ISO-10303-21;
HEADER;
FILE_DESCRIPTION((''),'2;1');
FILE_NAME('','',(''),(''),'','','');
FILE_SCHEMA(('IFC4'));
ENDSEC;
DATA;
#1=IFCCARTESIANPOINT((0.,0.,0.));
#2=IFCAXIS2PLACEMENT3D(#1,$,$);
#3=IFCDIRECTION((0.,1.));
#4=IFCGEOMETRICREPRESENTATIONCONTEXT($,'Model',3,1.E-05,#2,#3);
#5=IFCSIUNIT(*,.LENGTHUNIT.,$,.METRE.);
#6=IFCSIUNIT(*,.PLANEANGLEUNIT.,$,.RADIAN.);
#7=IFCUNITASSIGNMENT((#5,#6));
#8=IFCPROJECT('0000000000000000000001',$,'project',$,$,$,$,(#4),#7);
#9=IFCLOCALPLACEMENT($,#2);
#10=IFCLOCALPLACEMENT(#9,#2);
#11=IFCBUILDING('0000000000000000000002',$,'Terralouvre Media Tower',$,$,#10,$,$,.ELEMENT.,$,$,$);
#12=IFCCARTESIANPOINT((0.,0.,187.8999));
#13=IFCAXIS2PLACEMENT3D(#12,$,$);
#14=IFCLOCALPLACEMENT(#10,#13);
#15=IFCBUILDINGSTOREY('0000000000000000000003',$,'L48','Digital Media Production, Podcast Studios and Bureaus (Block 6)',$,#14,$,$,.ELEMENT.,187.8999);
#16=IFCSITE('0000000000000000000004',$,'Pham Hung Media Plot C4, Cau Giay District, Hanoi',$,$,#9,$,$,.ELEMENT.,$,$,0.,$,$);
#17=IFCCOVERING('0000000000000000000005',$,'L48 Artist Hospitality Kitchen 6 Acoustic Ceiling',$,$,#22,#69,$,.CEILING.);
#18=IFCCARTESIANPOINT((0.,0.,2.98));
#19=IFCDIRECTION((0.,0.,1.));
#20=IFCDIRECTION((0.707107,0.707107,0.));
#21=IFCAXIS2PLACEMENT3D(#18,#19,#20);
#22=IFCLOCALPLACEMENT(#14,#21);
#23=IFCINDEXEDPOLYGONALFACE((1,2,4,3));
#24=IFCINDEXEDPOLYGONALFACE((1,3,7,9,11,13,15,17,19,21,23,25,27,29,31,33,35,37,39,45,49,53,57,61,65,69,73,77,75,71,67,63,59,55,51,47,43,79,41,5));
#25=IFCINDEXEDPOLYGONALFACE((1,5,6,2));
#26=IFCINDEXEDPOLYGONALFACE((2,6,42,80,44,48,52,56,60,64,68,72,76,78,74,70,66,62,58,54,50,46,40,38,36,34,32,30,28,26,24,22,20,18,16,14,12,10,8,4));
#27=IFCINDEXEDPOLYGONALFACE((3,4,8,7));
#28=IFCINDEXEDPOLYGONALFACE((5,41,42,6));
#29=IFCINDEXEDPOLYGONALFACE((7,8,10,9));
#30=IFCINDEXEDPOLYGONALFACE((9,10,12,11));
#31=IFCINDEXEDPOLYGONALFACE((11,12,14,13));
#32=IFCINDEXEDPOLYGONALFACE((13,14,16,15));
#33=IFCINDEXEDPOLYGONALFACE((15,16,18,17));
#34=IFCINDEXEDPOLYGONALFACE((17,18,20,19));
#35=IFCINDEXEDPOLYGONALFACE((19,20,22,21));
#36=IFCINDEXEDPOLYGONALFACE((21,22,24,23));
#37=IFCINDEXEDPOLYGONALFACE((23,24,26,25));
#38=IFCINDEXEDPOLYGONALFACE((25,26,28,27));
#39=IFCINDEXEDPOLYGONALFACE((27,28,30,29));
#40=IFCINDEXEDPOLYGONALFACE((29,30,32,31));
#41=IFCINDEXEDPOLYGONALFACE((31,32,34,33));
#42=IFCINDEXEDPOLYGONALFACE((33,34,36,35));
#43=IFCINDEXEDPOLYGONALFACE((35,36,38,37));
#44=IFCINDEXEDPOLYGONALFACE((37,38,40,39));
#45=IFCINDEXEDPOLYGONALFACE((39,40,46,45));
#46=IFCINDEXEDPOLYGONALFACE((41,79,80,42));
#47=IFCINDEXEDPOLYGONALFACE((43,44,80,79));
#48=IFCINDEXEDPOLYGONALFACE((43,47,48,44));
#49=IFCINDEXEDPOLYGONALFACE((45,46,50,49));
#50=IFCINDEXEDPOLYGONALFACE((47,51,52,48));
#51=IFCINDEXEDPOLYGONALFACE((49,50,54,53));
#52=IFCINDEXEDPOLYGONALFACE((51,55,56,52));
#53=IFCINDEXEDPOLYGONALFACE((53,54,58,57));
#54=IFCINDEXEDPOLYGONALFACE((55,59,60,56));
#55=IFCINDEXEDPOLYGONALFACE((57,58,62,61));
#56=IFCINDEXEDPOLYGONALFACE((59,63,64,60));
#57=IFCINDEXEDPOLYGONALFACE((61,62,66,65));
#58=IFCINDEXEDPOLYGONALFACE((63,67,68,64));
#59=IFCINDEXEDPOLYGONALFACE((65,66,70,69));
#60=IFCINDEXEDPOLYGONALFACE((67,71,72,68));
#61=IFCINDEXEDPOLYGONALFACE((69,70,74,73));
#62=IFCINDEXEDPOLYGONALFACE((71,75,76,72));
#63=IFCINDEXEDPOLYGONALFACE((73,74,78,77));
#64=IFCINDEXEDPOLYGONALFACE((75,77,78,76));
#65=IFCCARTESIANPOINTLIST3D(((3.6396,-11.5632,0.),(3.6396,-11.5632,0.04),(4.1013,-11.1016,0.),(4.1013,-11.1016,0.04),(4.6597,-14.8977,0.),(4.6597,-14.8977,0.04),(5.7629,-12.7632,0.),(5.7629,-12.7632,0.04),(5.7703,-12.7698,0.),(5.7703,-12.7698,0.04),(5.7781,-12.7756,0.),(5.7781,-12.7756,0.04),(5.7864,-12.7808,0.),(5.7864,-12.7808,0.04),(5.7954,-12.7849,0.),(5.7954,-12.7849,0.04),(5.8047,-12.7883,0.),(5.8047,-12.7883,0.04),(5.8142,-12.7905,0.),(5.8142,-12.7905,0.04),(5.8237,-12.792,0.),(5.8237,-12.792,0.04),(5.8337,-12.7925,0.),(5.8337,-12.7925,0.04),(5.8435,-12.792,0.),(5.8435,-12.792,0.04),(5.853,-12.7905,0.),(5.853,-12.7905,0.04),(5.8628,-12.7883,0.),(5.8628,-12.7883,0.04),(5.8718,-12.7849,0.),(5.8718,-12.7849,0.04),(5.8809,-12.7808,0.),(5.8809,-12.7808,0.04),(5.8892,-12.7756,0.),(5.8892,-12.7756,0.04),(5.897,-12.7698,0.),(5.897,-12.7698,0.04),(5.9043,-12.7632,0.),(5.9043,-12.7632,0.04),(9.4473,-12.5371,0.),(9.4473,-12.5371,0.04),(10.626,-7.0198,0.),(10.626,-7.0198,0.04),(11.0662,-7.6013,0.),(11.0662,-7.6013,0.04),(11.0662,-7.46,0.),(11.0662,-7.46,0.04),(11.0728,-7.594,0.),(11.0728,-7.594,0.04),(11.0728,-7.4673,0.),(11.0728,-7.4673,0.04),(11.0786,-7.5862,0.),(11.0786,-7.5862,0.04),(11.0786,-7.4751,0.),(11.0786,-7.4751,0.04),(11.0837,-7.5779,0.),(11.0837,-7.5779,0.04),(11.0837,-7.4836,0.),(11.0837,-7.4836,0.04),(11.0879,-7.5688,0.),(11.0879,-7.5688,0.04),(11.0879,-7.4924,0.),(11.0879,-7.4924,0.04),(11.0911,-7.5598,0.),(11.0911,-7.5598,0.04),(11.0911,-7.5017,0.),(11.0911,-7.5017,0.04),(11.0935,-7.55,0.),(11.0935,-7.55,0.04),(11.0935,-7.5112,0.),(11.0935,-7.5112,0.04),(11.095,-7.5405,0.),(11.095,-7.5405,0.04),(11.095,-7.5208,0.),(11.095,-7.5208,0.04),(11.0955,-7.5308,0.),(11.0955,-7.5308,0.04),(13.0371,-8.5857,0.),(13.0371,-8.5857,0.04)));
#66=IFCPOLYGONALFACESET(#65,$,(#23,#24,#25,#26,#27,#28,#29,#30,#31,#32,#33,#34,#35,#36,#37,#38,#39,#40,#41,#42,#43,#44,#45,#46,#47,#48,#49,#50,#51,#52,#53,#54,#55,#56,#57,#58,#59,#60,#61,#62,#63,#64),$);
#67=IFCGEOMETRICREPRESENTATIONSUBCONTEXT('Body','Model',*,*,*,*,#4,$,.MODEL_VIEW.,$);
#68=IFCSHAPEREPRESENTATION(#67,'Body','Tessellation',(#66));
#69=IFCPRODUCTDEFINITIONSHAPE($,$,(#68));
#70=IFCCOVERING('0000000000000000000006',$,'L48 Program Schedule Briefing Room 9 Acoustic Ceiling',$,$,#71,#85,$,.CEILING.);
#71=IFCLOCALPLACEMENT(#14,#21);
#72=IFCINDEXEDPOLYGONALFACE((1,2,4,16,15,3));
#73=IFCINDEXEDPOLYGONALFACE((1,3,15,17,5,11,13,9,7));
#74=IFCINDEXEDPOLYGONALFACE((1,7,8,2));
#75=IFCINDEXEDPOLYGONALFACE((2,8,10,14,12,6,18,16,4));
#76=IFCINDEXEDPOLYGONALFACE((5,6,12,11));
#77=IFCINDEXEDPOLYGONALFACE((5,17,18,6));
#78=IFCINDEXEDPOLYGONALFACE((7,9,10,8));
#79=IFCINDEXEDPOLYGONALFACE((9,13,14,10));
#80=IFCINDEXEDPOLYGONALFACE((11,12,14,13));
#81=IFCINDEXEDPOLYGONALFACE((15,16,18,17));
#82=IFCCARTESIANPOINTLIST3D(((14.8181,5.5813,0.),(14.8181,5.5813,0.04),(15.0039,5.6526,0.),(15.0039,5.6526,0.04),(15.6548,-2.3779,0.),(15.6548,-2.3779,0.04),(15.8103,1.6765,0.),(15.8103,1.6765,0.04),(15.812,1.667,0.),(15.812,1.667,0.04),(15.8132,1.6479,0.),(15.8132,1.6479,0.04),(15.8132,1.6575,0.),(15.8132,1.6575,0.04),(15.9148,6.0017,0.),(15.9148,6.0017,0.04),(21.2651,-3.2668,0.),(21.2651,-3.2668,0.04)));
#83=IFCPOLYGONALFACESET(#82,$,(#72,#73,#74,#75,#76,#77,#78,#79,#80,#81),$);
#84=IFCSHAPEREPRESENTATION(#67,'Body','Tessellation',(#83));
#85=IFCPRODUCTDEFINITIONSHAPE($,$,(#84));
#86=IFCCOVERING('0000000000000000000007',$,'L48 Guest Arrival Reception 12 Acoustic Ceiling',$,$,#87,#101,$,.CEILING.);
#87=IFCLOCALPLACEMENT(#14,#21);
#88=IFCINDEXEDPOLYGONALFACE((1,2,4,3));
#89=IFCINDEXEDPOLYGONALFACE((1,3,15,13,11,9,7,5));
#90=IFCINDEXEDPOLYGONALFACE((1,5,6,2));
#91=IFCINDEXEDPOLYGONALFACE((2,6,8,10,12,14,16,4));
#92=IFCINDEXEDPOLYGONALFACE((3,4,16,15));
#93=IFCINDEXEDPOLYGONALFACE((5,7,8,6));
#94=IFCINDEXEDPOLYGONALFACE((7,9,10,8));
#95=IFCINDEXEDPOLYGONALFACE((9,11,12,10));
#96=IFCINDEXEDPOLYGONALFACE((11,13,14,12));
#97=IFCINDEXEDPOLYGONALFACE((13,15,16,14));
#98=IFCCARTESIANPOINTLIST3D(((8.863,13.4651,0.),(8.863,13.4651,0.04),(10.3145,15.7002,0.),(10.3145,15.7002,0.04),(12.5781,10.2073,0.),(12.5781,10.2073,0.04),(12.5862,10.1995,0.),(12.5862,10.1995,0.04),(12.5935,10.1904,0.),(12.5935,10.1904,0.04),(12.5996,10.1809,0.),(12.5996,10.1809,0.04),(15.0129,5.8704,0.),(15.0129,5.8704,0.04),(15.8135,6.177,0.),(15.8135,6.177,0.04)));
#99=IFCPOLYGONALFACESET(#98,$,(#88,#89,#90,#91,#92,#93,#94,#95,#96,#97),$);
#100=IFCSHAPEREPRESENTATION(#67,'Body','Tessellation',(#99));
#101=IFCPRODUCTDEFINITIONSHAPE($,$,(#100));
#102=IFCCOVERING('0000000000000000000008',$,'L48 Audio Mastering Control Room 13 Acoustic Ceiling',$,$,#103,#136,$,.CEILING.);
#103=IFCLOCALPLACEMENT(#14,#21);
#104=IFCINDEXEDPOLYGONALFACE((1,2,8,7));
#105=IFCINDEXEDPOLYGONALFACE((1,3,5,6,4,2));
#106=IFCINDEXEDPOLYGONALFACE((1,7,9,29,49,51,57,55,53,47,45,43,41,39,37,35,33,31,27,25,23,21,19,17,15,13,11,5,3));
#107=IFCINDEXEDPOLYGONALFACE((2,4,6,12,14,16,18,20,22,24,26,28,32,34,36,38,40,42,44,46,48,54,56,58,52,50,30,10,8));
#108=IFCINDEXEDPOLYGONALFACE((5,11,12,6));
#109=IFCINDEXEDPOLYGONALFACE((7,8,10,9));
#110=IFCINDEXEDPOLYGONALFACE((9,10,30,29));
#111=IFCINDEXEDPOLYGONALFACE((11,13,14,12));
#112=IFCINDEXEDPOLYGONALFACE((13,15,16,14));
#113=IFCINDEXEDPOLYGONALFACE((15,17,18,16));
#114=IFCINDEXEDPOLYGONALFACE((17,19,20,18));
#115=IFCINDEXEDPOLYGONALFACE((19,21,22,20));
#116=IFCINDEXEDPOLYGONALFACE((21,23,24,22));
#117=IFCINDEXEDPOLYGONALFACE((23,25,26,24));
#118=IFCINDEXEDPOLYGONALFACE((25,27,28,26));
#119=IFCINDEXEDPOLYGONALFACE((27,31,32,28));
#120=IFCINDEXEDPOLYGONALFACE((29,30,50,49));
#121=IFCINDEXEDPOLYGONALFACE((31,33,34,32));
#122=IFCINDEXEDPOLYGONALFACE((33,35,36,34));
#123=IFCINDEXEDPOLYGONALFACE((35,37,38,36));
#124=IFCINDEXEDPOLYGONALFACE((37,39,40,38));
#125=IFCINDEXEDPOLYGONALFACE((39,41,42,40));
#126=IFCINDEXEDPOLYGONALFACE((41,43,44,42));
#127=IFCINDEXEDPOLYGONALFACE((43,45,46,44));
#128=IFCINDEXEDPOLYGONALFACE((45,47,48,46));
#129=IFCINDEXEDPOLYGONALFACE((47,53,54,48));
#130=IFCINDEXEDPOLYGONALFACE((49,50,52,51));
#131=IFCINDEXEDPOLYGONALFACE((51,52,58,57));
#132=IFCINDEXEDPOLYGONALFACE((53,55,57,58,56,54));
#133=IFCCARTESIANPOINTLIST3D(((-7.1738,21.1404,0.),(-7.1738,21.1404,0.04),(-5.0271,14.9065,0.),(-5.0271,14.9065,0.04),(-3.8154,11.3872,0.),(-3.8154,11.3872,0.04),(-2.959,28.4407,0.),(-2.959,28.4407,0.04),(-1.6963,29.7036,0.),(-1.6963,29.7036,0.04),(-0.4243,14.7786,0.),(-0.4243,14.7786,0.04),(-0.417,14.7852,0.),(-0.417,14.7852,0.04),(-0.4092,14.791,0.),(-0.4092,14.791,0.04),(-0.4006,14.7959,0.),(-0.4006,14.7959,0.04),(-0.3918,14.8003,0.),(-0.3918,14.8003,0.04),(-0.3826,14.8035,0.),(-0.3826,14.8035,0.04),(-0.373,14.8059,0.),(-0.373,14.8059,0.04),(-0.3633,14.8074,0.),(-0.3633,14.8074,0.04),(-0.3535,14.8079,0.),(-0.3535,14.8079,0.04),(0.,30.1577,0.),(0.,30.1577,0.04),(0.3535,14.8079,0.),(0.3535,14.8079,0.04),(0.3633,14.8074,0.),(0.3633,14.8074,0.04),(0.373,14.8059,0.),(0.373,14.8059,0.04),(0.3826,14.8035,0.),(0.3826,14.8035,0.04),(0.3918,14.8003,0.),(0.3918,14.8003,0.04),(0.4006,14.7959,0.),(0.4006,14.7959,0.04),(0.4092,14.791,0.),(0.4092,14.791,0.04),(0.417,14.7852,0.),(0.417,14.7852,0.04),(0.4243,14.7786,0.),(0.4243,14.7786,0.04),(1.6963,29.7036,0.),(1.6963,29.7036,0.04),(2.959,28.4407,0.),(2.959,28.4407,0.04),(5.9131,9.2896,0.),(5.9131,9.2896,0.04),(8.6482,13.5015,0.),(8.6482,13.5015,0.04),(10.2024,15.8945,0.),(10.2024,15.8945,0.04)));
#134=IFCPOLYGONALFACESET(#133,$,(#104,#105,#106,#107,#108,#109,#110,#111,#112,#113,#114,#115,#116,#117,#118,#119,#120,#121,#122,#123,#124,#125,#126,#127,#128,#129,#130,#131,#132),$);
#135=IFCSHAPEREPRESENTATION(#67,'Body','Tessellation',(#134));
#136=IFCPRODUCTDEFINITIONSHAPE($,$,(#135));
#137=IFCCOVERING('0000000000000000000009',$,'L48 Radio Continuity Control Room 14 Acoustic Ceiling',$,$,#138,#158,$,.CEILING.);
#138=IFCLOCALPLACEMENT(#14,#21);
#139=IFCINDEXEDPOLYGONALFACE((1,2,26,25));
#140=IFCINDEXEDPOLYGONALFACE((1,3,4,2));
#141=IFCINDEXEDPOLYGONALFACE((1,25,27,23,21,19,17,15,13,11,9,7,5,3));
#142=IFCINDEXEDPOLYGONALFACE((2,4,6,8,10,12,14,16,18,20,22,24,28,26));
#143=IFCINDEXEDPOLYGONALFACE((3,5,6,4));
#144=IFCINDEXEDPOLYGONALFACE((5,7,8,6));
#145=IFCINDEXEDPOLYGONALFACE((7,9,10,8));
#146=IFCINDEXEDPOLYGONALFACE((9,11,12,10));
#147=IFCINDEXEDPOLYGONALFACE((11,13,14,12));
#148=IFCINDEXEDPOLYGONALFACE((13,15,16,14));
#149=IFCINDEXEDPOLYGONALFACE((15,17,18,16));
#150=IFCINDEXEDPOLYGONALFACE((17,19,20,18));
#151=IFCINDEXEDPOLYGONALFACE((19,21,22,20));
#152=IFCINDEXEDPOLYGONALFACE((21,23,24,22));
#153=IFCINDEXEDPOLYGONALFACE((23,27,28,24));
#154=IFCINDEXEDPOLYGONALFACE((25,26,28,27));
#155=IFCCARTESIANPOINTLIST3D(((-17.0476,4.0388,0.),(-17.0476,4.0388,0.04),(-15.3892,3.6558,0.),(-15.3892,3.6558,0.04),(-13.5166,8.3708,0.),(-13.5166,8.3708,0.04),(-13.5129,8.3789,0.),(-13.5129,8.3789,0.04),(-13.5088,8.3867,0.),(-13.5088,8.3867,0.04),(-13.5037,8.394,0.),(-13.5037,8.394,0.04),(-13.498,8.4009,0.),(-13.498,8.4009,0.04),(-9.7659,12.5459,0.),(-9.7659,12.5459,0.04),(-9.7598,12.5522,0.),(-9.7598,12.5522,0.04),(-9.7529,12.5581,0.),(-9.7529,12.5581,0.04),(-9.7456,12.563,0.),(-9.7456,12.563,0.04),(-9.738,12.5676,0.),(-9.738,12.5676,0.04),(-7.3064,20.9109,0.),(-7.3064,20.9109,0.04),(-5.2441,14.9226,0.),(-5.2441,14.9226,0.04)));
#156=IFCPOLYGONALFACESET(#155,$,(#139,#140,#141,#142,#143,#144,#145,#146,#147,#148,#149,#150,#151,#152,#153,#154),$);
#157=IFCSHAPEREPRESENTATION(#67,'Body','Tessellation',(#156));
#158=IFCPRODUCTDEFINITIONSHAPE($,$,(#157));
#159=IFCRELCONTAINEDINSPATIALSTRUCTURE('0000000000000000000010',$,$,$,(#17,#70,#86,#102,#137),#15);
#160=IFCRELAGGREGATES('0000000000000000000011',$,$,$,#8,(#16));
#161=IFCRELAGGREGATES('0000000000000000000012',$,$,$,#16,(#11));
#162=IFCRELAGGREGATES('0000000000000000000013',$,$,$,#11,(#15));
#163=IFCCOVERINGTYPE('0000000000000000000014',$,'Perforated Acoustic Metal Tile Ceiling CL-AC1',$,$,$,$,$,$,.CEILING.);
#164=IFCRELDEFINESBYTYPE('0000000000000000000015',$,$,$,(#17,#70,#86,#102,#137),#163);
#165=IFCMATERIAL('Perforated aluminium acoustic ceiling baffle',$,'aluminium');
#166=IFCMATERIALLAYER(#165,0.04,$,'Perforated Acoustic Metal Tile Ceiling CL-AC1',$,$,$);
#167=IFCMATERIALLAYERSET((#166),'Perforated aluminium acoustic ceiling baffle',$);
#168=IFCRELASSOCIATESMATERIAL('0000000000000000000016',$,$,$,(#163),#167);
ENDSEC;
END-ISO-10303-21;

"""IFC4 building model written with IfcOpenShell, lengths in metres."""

from ifc_helpers import new_model, si_unit, direction, frame, origin, place, context, subcontext, project, spatial, polyline, outline, extrude, material, layer, layer_set, type_object, element, save


model = new_model("IFC4")

# Units and contexts
model_context = context("Model", 3, precision=1e-05, world=origin(), true_north=direction((0.0, 1.0)))
body_context = subcontext(model_context, "Body", "Model", "MODEL_VIEW")
ifc_project = project(units=[si_unit("LENGTHUNIT", "METRE"), si_unit("PLANEANGLEUNIT", "RADIAN")], contexts=[model_context])

# Site, building, storey
site_placement = place(None, origin())
site = spatial("IfcSite", under=ifc_project, at=site_placement, Name="Pham Hung Media Plot C4, Cau Giay District, Hanoi", CompositionType="ELEMENT", RefElevation=0.0)
building_placement = place(site_placement, origin())
building = spatial("IfcBuilding", under=site, at=building_placement, Name="Terralouvre Media Tower", CompositionType="ELEMENT")
storey_placement = place(building_placement, frame((0.0, 0.0, 187.8999)))
storey = spatial("IfcBuildingStorey", under=building, at=storey_placement, Name="L48", Description="Digital Media Production, Podcast Studios and Bureaus (Block 6)", CompositionType="ELEMENT", Elevation=187.8999)

# Coverings
ifc_material_1 = material(Name="Perforated aluminium acoustic ceiling baffle", Category="aluminium")
ifc_layer_1 = layer(ifc_material_1, 0.04, Name="Perforated Acoustic Metal Tile Ceiling CL-AC1")
ifc_layer_set_1 = layer_set([ifc_layer_1], Name="Perforated aluminium acoustic ceiling baffle")
covering_type_1 = type_object("IfcCoveringType", Name="Perforated Acoustic Metal Tile Ceiling CL-AC1", PredefinedType="CEILING", material=ifc_layer_set_1)
covering_1_placement = place(storey_placement, frame((0.0, 0.0, 2.98), z_axis=(0.0, 0.0, 1.0), x_axis=(0.707107, 0.707107, 0.0)))
element("IfcCovering", 1, at=covering_1_placement, inside=storey, type_object=covering_type_1, Name="L48 Artist Hospitality Kitchen 6 Acoustic Ceiling", PredefinedType="CEILING", context=body_context, shape_type="SweptSolid", body=[
    extrude(outline(polyline([(9.4473, -12.5371), (13.0371, -8.5857), (10.626, -7.0198), (11.0662, -7.46), (11.0728, -7.4673), (11.0786, -7.4751), (11.0837, -7.4836), (11.0879, -7.4924), (11.0911, -7.5017), (11.0935, -7.5112), (11.095, -7.5208), (11.0955, -7.5308), (11.095, -7.5405), (11.0935, -7.55), (11.0911, -7.5598), (11.0879, -7.5688), (11.0837, -7.5779), (11.0786, -7.5862), (11.0728, -7.594), (11.0662, -7.6013), (5.9043, -12.7632), (5.897, -12.7698), (5.8892, -12.7756), (5.8809, -12.7808), (5.8718, -12.7849), (5.8628, -12.7883), (5.853, -12.7905), (5.8435, -12.792), (5.8337, -12.7925), (5.8237, -12.792), (5.8142, -12.7905), (5.8047, -12.7883), (5.7954, -12.7849), (5.7864, -12.7808), (5.7781, -12.7756), (5.7703, -12.7698), (5.7629, -12.7632), (4.1013, -11.1016), (3.6396, -11.5632), (4.6597, -14.8977), (9.4473, -12.5371)])), origin(), (0.0, 0.0, 1.0), 0.04),
])
covering_2_placement = place(storey_placement, frame((0.0, 0.0, 2.98), z_axis=(0.0, 0.0, 1.0), x_axis=(0.707107, 0.707107, 0.0)))
element("IfcCovering", 2, at=covering_2_placement, inside=storey, type_object=covering_type_1, Name="L48 Program Schedule Briefing Room 9 Acoustic Ceiling", PredefinedType="CEILING", context=body_context, shape_type="SweptSolid", body=[
    extrude(outline(polyline([(14.8181, 5.5813), (15.8103, 1.6765), (15.812, 1.667), (15.8132, 1.6575), (15.8132, 1.6479), (15.6548, -2.3779), (21.2651, -3.2668), (15.9148, 6.0017), (15.0039, 5.6526), (14.8181, 5.5813)])), origin(), (0.0, 0.0, 1.0), 0.04),
])
covering_3_placement = place(storey_placement, frame((0.0, 0.0, 2.98), z_axis=(0.0, 0.0, 1.0), x_axis=(0.707107, 0.707107, 0.0)))
element("IfcCovering", 3, at=covering_3_placement, inside=storey, type_object=covering_type_1, Name="L48 Guest Arrival Reception 12 Acoustic Ceiling", PredefinedType="CEILING", context=body_context, shape_type="SweptSolid", body=[
    extrude(outline(polyline([(12.5781, 10.2073), (12.5862, 10.1995), (12.5935, 10.1904), (12.5996, 10.1809), (15.0129, 5.8704), (15.8135, 6.177), (10.3145, 15.7002), (8.863, 13.4651), (12.5781, 10.2073)])), origin(), (0.0, 0.0, 1.0), 0.04),
])
covering_4_placement = place(storey_placement, frame((0.0, 0.0, 2.98), z_axis=(0.0, 0.0, 1.0), x_axis=(0.707107, 0.707107, 0.0)))
element("IfcCovering", 4, at=covering_4_placement, inside=storey, type_object=covering_type_1, Name="L48 Audio Mastering Control Room 13 Acoustic Ceiling", PredefinedType="CEILING", context=body_context, shape_type="SweptSolid", body=[
    extrude(outline(polyline([(-5.0271, 14.9065), (-3.8154, 11.3872), (-0.4243, 14.7786), (-0.417, 14.7852), (-0.4092, 14.791), (-0.4006, 14.7959), (-0.3918, 14.8003), (-0.3826, 14.8035), (-0.373, 14.8059), (-0.3633, 14.8074), (-0.3535, 14.8079), (0.3535, 14.8079), (0.3633, 14.8074), (0.373, 14.8059), (0.3826, 14.8035), (0.3918, 14.8003), (0.4006, 14.7959), (0.4092, 14.791), (0.417, 14.7852), (0.4243, 14.7786), (5.9131, 9.2896), (8.6482, 13.5015), (10.2024, 15.8945), (2.959, 28.4407), (1.6963, 29.7036), (0.0, 30.1577), (-1.6963, 29.7036), (-2.959, 28.4407), (-7.1738, 21.1404), (-5.0271, 14.9065)])), origin(), (0.0, 0.0, 1.0), 0.04),
])
covering_5_placement = place(storey_placement, frame((0.0, 0.0, 2.98), z_axis=(0.0, 0.0, 1.0), x_axis=(0.707107, 0.707107, 0.0)))
element("IfcCovering", 5, at=covering_5_placement, inside=storey, type_object=covering_type_1, Name="L48 Radio Continuity Control Room 14 Acoustic Ceiling", PredefinedType="CEILING", context=body_context, shape_type="SweptSolid", body=[
    extrude(outline(polyline([(-13.5166, 8.3708), (-13.5129, 8.3789), (-13.5088, 8.3867), (-13.5037, 8.394), (-13.498, 8.4009), (-9.7659, 12.5459), (-9.7598, 12.5522), (-9.7529, 12.5581), (-9.7456, 12.563), (-9.738, 12.5676), (-5.2441, 14.9226), (-7.3064, 20.9109), (-17.0476, 4.0388), (-15.3892, 3.6558), (-13.5166, 8.3708)])), origin(), (0.0, 0.0, 1.0), 0.04),
])

save(model, "model.ifc")
